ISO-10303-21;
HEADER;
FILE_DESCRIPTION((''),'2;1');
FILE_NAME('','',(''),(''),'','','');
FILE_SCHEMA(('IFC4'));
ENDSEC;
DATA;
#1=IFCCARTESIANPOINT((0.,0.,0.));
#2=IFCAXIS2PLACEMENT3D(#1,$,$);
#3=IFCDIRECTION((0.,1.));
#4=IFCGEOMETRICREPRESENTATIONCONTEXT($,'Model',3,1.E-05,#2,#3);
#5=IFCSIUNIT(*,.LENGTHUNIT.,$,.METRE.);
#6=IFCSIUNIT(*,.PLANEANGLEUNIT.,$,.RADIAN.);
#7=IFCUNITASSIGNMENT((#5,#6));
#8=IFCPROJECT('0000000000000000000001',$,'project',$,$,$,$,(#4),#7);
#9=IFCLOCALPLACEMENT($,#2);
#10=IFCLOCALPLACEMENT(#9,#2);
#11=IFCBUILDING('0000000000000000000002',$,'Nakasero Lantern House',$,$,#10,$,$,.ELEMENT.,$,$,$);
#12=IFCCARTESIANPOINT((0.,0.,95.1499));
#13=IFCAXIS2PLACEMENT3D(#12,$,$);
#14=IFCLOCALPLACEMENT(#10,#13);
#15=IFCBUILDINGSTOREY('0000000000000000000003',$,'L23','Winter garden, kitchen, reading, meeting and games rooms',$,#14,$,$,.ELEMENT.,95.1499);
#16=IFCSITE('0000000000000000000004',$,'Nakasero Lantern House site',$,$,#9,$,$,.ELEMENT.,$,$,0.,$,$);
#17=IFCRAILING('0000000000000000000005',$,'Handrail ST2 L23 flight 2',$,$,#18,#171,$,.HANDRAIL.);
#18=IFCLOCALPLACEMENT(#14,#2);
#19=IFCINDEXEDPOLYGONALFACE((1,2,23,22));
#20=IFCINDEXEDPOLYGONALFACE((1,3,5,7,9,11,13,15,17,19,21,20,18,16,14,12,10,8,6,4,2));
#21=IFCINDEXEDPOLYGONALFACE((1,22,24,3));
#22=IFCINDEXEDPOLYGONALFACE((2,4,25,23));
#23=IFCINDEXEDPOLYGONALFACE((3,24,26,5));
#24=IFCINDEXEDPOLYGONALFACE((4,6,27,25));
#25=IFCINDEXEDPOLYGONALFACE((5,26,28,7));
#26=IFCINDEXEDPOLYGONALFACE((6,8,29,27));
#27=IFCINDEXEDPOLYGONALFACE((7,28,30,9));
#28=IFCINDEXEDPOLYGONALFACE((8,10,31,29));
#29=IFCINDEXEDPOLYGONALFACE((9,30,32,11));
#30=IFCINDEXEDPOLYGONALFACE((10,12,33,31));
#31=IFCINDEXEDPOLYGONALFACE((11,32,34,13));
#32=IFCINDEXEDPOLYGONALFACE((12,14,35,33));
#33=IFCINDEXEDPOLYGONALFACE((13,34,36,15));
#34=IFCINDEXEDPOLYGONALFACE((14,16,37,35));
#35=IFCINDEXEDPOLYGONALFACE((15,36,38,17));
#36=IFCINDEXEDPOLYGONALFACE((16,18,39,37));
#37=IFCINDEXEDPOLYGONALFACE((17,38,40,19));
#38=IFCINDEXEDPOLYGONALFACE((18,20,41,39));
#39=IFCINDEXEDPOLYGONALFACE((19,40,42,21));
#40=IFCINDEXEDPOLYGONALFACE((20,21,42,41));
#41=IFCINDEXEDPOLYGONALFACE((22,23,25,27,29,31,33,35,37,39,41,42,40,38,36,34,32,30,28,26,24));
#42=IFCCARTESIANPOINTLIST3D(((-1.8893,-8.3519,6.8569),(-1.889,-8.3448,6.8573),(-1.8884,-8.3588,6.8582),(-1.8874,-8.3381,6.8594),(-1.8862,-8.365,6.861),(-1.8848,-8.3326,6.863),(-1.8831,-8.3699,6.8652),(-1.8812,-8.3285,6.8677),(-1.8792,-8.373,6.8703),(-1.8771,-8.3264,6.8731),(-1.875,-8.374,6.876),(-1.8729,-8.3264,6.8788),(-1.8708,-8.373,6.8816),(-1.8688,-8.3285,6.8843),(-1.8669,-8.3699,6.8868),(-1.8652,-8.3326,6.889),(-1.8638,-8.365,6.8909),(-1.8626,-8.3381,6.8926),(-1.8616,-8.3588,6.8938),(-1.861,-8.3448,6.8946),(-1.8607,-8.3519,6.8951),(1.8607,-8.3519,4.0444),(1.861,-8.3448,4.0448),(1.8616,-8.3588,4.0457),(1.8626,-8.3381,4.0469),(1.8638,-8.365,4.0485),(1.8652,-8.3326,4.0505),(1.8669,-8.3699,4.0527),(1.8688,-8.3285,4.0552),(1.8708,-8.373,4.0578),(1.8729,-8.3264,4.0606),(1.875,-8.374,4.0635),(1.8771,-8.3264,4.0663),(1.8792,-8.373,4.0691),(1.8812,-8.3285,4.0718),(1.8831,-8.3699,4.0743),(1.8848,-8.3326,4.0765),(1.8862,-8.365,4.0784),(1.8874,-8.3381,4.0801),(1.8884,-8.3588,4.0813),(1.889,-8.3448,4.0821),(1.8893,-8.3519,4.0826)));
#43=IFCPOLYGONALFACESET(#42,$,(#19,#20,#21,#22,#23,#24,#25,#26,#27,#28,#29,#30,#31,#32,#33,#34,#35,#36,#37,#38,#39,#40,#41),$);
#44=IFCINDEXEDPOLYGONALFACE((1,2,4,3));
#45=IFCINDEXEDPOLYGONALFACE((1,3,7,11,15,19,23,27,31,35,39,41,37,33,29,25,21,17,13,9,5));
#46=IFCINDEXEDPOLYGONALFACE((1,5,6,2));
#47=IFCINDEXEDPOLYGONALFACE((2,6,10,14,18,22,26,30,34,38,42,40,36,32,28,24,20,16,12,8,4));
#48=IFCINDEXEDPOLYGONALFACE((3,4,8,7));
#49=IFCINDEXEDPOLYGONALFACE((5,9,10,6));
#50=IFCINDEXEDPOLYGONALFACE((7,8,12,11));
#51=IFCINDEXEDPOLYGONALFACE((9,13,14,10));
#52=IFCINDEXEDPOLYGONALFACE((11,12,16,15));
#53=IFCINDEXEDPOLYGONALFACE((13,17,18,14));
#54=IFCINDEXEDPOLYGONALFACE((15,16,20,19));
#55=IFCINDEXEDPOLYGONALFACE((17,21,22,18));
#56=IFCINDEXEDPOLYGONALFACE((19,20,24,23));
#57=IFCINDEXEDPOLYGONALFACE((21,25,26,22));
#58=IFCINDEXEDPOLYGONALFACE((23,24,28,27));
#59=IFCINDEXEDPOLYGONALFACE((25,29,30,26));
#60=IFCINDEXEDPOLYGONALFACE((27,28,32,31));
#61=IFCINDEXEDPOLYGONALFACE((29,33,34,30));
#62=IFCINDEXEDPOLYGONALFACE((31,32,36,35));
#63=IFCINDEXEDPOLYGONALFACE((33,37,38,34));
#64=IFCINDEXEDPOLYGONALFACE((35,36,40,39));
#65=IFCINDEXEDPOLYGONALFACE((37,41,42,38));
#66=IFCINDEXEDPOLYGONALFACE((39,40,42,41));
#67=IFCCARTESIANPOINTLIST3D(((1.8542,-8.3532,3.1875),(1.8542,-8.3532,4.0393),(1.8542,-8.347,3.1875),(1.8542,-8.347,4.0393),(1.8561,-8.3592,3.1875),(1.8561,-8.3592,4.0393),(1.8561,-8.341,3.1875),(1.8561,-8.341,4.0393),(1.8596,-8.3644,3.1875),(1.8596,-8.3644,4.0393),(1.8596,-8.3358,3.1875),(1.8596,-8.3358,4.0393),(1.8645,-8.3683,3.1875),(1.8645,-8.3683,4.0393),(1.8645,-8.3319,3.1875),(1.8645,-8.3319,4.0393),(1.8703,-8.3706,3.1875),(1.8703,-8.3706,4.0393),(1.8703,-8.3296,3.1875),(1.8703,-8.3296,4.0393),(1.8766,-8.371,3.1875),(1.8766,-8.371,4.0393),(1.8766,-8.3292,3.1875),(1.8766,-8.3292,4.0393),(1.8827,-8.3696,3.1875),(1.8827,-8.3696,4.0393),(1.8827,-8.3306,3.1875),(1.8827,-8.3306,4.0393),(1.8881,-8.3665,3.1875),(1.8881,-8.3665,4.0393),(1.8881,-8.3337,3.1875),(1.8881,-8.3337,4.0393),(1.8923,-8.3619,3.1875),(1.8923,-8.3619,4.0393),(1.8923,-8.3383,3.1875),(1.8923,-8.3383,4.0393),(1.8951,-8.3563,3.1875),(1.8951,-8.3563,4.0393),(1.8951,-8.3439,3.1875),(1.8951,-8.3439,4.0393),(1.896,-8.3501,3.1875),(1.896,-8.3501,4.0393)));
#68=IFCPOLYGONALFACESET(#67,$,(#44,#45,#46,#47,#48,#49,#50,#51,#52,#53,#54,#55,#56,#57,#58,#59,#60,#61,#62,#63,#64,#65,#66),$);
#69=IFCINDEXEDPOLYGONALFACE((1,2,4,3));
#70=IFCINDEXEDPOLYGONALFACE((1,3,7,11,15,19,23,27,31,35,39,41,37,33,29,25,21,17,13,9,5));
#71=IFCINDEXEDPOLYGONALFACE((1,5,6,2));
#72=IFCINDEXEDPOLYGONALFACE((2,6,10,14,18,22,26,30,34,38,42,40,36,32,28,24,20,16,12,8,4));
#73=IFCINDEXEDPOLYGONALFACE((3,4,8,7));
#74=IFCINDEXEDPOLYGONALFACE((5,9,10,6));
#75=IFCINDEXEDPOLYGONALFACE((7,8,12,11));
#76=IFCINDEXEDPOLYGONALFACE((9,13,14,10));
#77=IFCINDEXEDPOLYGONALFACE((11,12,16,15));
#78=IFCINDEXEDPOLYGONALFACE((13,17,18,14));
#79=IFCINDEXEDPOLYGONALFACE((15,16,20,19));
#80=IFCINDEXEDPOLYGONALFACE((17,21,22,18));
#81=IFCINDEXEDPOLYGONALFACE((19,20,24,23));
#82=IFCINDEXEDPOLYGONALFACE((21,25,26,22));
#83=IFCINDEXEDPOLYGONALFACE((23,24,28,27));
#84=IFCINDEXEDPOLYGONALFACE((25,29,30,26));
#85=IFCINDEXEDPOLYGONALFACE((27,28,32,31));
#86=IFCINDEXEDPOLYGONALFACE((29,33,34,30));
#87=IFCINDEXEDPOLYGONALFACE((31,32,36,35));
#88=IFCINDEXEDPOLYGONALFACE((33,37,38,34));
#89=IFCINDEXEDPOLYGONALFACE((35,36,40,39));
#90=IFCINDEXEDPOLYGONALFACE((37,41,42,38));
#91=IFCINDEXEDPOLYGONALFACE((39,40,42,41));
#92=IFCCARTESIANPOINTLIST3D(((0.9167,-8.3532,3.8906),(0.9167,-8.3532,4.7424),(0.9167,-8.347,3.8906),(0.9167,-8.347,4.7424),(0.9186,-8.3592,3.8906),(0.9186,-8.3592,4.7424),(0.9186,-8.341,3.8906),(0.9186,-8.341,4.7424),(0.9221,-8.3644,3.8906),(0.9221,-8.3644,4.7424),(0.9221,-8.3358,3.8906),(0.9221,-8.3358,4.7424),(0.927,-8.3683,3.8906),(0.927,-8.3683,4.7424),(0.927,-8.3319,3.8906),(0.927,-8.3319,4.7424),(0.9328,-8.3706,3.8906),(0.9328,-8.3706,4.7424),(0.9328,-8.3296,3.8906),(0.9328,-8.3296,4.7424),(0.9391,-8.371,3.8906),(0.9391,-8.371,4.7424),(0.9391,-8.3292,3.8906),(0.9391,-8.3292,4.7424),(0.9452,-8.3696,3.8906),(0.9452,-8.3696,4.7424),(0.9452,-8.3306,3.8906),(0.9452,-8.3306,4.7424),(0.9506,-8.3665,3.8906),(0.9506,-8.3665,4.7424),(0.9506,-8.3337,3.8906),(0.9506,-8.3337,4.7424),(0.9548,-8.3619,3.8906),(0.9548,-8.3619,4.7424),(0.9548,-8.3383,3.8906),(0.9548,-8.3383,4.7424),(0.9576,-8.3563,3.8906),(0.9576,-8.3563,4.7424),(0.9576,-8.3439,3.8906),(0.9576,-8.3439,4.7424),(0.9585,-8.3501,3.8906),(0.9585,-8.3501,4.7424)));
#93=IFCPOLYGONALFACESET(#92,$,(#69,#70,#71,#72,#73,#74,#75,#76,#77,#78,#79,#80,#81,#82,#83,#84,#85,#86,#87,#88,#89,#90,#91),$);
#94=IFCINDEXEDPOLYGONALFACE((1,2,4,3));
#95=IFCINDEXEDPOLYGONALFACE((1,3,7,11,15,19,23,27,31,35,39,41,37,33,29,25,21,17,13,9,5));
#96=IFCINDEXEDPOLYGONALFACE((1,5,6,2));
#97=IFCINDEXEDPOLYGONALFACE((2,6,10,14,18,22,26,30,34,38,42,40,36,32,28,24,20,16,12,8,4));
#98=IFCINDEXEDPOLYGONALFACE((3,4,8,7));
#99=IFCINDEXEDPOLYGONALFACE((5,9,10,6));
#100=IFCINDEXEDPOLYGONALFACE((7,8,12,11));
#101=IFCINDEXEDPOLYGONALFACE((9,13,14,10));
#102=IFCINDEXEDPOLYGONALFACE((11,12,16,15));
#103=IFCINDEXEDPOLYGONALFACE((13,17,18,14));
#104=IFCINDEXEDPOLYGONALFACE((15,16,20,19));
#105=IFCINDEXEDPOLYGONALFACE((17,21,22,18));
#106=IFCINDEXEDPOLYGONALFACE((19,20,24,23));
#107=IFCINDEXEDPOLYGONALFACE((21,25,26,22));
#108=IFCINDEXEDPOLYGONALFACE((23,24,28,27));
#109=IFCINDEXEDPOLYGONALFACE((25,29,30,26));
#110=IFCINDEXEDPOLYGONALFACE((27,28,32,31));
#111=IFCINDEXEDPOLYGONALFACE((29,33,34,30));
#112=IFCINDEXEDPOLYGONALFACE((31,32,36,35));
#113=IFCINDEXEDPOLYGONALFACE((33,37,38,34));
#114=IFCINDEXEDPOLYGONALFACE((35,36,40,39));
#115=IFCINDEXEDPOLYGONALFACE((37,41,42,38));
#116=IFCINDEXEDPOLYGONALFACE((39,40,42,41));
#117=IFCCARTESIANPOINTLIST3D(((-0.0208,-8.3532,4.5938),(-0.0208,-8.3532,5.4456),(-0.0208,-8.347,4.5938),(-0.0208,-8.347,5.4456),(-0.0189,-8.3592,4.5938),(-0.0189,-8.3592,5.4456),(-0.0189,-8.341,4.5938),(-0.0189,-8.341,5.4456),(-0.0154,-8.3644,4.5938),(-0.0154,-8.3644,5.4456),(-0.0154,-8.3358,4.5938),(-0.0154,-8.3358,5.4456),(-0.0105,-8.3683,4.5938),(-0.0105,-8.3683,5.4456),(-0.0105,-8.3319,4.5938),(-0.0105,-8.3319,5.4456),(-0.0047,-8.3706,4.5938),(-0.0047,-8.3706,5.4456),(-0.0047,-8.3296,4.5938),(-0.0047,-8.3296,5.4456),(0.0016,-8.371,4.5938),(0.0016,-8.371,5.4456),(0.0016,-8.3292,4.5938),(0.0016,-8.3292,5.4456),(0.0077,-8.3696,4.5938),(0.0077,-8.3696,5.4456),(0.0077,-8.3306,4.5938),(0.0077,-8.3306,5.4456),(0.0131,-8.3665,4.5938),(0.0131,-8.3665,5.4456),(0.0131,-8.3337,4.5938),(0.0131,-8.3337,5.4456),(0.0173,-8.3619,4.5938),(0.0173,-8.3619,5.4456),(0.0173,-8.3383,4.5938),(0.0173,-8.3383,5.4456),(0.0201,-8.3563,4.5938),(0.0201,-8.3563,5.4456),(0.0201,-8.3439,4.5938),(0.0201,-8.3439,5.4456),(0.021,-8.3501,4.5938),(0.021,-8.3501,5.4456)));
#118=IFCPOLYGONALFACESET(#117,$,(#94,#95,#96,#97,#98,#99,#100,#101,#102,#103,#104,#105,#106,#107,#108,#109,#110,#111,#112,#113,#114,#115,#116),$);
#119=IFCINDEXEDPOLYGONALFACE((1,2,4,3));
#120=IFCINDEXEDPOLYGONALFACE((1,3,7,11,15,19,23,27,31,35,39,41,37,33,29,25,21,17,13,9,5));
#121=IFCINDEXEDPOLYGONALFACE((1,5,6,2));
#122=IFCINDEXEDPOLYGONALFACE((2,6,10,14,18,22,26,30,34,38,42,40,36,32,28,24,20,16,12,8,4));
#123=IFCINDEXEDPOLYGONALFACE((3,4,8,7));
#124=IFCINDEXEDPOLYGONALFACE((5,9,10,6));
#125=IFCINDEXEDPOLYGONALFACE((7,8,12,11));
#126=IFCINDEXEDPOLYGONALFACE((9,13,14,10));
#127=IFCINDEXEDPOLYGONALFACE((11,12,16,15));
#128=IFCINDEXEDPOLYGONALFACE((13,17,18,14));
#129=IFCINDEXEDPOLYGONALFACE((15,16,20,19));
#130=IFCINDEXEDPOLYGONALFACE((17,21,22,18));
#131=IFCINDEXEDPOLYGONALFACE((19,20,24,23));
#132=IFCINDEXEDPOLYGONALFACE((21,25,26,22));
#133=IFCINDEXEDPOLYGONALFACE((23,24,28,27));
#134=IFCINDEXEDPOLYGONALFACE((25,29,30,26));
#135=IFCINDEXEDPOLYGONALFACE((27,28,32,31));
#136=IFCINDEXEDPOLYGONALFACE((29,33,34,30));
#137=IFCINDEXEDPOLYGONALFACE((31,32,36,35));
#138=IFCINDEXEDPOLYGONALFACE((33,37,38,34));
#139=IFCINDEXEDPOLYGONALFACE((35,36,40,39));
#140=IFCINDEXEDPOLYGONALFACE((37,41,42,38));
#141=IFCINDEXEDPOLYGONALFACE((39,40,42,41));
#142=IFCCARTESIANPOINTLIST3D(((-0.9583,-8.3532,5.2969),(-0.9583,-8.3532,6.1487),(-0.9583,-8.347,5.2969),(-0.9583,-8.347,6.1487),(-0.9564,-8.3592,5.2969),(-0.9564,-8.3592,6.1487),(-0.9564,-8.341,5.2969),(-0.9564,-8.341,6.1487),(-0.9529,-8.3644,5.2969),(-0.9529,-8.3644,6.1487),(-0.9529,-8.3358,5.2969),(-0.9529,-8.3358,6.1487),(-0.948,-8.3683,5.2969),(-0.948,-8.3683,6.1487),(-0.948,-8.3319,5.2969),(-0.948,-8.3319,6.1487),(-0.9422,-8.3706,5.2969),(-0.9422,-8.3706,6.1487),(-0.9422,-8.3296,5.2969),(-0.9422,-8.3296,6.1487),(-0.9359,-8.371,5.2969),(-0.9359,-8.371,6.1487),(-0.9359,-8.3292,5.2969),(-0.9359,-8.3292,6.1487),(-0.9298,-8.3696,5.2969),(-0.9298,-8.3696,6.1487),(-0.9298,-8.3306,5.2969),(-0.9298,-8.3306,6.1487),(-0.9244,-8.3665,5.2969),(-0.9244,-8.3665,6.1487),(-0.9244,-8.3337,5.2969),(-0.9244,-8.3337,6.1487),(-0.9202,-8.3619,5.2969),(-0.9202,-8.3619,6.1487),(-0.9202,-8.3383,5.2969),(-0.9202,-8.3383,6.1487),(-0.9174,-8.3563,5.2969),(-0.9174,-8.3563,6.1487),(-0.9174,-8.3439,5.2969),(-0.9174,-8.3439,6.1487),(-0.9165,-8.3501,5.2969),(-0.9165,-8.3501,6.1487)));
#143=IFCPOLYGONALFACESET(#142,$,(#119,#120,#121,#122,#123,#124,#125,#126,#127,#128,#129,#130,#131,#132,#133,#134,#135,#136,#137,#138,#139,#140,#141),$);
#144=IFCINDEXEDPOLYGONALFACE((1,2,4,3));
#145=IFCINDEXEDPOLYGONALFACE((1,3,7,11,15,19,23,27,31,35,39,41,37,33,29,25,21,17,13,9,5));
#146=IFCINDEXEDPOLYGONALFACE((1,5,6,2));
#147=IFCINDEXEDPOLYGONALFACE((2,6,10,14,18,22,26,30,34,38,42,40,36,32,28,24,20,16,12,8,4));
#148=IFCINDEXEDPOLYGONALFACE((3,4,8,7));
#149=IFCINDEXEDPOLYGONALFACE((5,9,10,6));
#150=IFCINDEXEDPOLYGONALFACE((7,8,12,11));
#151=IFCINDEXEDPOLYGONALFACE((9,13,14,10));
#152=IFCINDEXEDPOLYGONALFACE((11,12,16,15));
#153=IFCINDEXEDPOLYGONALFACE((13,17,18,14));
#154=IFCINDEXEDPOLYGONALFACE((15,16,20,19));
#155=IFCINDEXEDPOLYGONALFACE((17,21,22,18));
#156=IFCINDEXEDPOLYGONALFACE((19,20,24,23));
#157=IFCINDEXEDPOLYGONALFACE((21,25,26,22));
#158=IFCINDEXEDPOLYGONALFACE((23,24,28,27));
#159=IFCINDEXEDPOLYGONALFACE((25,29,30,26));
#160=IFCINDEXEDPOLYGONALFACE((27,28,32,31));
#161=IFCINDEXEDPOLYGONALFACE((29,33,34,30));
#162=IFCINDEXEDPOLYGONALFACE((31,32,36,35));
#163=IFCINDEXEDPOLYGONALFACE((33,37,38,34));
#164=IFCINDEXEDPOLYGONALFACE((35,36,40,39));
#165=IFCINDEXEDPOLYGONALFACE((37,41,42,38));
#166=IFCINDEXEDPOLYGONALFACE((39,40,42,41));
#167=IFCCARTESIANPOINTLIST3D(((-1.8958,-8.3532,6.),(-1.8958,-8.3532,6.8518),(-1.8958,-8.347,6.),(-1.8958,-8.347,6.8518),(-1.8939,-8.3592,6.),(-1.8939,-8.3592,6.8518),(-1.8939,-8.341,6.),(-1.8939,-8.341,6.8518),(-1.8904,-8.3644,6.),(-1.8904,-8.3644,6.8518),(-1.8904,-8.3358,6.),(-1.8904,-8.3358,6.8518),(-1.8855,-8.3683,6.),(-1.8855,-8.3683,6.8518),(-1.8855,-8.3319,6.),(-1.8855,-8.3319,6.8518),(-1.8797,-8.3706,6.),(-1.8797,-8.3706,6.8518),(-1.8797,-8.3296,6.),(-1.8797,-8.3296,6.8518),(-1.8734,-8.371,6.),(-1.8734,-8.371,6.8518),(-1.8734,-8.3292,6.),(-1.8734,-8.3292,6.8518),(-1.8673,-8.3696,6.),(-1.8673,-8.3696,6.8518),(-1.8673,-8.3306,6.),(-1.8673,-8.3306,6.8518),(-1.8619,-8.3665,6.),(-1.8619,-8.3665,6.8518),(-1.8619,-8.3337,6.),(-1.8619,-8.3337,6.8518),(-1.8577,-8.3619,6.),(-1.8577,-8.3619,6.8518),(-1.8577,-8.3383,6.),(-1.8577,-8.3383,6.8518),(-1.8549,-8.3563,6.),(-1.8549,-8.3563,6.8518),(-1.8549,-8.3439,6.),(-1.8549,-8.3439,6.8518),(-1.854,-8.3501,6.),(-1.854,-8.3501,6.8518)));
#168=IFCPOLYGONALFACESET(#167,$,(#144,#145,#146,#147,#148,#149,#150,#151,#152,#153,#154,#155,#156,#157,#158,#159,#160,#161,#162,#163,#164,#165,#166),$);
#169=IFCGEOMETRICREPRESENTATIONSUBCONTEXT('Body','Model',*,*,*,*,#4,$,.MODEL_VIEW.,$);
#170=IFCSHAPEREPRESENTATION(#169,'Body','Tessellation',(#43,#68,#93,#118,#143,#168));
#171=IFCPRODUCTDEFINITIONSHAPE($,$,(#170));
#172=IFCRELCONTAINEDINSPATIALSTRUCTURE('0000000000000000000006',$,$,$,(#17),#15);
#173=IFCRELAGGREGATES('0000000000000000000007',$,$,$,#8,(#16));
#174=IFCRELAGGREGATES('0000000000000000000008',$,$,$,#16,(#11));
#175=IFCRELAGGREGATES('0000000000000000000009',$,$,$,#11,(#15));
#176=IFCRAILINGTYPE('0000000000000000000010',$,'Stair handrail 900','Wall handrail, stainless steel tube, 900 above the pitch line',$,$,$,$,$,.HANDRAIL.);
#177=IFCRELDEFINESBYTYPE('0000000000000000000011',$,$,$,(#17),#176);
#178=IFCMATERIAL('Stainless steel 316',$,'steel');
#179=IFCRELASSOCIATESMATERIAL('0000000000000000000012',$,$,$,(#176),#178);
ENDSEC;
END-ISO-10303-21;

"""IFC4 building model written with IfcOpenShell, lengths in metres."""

from ifc_helpers import new_model, si_unit, direction, frame, origin, origin_2d, place, context, subcontext, project, spatial, circle, extrude, material, type_object, element, save


model = new_model("IFC4")

# Units and contexts
model_context = context("Model", 3, precision=1e-05, world=origin(), true_north=direction((0.0, 1.0)))
body_context = subcontext(model_context, "Body", "Model", "MODEL_VIEW")
ifc_project = project(units=[si_unit("LENGTHUNIT", "METRE"), si_unit("PLANEANGLEUNIT", "RADIAN")], contexts=[model_context])

# Site, building, storey
site_placement = place(None, origin())
site = spatial("IfcSite", under=ifc_project, at=site_placement, Name="Nakasero Lantern House site", CompositionType="ELEMENT", RefElevation=0.0)
building_placement = place(site_placement, origin())
building = spatial("IfcBuilding", under=site, at=building_placement, Name="Nakasero Lantern House", CompositionType="ELEMENT")
storey_placement = place(building_placement, frame((0.0, 0.0, 95.1499)))
storey = spatial("IfcBuildingStorey", under=building, at=storey_placement, Name="L23", Description="Winter garden, kitchen, reading, meeting and games rooms", CompositionType="ELEMENT", Elevation=95.1499)

# Railing
ifc_material_1 = material(Name="Stainless steel 316", Category="steel")
railing_type = type_object("IfcRailingType", Name="Stair handrail 900", Description="Wall handrail, stainless steel tube, 900 above the pitch line", PredefinedType="HANDRAIL", material=ifc_material_1)
railing_placement = place(storey_placement, frame((1.875, -8.3501, 3.1875)))
element("IfcRailing", 1, at=railing_placement, inside=storey, type_object=railing_type, Name="Handrail ST2 L23 flight 2", PredefinedType="HANDRAIL", context=body_context, shape_type="SweptSolid", body=[
    extrude(circle(Radius=0.0239, at=origin_2d()), frame((0.0, 0.0, 0.876), z_axis=(-0.8, 0.0, 0.6), x_axis=(0.0, -1.0, 0.0)), (0.0, 0.0, 1.0), 4.6875),
    extrude(circle(Radius=0.021, at=origin_2d()), origin(), (0.0, 0.0, 1.0), 0.8518),
    extrude(circle(Radius=0.021, at=origin_2d()), frame((-0.9375, 0.0, 0.7031)), (0.0, 0.0, 1.0), 0.8518),
    extrude(circle(Radius=0.021, at=origin_2d()), frame((-1.875, 0.0, 1.4062)), (0.0, 0.0, 1.0), 0.8518),
    extrude(circle(Radius=0.021, at=origin_2d()), frame((-2.8125, 0.0, 2.1094)), (0.0, 0.0, 1.0), 0.8518),
    extrude(circle(Radius=0.021, at=origin_2d()), frame((-3.75, 0.0, 2.8125)), (0.0, 0.0, 1.0), 0.8518),
])

save(model, "model.ifc")
